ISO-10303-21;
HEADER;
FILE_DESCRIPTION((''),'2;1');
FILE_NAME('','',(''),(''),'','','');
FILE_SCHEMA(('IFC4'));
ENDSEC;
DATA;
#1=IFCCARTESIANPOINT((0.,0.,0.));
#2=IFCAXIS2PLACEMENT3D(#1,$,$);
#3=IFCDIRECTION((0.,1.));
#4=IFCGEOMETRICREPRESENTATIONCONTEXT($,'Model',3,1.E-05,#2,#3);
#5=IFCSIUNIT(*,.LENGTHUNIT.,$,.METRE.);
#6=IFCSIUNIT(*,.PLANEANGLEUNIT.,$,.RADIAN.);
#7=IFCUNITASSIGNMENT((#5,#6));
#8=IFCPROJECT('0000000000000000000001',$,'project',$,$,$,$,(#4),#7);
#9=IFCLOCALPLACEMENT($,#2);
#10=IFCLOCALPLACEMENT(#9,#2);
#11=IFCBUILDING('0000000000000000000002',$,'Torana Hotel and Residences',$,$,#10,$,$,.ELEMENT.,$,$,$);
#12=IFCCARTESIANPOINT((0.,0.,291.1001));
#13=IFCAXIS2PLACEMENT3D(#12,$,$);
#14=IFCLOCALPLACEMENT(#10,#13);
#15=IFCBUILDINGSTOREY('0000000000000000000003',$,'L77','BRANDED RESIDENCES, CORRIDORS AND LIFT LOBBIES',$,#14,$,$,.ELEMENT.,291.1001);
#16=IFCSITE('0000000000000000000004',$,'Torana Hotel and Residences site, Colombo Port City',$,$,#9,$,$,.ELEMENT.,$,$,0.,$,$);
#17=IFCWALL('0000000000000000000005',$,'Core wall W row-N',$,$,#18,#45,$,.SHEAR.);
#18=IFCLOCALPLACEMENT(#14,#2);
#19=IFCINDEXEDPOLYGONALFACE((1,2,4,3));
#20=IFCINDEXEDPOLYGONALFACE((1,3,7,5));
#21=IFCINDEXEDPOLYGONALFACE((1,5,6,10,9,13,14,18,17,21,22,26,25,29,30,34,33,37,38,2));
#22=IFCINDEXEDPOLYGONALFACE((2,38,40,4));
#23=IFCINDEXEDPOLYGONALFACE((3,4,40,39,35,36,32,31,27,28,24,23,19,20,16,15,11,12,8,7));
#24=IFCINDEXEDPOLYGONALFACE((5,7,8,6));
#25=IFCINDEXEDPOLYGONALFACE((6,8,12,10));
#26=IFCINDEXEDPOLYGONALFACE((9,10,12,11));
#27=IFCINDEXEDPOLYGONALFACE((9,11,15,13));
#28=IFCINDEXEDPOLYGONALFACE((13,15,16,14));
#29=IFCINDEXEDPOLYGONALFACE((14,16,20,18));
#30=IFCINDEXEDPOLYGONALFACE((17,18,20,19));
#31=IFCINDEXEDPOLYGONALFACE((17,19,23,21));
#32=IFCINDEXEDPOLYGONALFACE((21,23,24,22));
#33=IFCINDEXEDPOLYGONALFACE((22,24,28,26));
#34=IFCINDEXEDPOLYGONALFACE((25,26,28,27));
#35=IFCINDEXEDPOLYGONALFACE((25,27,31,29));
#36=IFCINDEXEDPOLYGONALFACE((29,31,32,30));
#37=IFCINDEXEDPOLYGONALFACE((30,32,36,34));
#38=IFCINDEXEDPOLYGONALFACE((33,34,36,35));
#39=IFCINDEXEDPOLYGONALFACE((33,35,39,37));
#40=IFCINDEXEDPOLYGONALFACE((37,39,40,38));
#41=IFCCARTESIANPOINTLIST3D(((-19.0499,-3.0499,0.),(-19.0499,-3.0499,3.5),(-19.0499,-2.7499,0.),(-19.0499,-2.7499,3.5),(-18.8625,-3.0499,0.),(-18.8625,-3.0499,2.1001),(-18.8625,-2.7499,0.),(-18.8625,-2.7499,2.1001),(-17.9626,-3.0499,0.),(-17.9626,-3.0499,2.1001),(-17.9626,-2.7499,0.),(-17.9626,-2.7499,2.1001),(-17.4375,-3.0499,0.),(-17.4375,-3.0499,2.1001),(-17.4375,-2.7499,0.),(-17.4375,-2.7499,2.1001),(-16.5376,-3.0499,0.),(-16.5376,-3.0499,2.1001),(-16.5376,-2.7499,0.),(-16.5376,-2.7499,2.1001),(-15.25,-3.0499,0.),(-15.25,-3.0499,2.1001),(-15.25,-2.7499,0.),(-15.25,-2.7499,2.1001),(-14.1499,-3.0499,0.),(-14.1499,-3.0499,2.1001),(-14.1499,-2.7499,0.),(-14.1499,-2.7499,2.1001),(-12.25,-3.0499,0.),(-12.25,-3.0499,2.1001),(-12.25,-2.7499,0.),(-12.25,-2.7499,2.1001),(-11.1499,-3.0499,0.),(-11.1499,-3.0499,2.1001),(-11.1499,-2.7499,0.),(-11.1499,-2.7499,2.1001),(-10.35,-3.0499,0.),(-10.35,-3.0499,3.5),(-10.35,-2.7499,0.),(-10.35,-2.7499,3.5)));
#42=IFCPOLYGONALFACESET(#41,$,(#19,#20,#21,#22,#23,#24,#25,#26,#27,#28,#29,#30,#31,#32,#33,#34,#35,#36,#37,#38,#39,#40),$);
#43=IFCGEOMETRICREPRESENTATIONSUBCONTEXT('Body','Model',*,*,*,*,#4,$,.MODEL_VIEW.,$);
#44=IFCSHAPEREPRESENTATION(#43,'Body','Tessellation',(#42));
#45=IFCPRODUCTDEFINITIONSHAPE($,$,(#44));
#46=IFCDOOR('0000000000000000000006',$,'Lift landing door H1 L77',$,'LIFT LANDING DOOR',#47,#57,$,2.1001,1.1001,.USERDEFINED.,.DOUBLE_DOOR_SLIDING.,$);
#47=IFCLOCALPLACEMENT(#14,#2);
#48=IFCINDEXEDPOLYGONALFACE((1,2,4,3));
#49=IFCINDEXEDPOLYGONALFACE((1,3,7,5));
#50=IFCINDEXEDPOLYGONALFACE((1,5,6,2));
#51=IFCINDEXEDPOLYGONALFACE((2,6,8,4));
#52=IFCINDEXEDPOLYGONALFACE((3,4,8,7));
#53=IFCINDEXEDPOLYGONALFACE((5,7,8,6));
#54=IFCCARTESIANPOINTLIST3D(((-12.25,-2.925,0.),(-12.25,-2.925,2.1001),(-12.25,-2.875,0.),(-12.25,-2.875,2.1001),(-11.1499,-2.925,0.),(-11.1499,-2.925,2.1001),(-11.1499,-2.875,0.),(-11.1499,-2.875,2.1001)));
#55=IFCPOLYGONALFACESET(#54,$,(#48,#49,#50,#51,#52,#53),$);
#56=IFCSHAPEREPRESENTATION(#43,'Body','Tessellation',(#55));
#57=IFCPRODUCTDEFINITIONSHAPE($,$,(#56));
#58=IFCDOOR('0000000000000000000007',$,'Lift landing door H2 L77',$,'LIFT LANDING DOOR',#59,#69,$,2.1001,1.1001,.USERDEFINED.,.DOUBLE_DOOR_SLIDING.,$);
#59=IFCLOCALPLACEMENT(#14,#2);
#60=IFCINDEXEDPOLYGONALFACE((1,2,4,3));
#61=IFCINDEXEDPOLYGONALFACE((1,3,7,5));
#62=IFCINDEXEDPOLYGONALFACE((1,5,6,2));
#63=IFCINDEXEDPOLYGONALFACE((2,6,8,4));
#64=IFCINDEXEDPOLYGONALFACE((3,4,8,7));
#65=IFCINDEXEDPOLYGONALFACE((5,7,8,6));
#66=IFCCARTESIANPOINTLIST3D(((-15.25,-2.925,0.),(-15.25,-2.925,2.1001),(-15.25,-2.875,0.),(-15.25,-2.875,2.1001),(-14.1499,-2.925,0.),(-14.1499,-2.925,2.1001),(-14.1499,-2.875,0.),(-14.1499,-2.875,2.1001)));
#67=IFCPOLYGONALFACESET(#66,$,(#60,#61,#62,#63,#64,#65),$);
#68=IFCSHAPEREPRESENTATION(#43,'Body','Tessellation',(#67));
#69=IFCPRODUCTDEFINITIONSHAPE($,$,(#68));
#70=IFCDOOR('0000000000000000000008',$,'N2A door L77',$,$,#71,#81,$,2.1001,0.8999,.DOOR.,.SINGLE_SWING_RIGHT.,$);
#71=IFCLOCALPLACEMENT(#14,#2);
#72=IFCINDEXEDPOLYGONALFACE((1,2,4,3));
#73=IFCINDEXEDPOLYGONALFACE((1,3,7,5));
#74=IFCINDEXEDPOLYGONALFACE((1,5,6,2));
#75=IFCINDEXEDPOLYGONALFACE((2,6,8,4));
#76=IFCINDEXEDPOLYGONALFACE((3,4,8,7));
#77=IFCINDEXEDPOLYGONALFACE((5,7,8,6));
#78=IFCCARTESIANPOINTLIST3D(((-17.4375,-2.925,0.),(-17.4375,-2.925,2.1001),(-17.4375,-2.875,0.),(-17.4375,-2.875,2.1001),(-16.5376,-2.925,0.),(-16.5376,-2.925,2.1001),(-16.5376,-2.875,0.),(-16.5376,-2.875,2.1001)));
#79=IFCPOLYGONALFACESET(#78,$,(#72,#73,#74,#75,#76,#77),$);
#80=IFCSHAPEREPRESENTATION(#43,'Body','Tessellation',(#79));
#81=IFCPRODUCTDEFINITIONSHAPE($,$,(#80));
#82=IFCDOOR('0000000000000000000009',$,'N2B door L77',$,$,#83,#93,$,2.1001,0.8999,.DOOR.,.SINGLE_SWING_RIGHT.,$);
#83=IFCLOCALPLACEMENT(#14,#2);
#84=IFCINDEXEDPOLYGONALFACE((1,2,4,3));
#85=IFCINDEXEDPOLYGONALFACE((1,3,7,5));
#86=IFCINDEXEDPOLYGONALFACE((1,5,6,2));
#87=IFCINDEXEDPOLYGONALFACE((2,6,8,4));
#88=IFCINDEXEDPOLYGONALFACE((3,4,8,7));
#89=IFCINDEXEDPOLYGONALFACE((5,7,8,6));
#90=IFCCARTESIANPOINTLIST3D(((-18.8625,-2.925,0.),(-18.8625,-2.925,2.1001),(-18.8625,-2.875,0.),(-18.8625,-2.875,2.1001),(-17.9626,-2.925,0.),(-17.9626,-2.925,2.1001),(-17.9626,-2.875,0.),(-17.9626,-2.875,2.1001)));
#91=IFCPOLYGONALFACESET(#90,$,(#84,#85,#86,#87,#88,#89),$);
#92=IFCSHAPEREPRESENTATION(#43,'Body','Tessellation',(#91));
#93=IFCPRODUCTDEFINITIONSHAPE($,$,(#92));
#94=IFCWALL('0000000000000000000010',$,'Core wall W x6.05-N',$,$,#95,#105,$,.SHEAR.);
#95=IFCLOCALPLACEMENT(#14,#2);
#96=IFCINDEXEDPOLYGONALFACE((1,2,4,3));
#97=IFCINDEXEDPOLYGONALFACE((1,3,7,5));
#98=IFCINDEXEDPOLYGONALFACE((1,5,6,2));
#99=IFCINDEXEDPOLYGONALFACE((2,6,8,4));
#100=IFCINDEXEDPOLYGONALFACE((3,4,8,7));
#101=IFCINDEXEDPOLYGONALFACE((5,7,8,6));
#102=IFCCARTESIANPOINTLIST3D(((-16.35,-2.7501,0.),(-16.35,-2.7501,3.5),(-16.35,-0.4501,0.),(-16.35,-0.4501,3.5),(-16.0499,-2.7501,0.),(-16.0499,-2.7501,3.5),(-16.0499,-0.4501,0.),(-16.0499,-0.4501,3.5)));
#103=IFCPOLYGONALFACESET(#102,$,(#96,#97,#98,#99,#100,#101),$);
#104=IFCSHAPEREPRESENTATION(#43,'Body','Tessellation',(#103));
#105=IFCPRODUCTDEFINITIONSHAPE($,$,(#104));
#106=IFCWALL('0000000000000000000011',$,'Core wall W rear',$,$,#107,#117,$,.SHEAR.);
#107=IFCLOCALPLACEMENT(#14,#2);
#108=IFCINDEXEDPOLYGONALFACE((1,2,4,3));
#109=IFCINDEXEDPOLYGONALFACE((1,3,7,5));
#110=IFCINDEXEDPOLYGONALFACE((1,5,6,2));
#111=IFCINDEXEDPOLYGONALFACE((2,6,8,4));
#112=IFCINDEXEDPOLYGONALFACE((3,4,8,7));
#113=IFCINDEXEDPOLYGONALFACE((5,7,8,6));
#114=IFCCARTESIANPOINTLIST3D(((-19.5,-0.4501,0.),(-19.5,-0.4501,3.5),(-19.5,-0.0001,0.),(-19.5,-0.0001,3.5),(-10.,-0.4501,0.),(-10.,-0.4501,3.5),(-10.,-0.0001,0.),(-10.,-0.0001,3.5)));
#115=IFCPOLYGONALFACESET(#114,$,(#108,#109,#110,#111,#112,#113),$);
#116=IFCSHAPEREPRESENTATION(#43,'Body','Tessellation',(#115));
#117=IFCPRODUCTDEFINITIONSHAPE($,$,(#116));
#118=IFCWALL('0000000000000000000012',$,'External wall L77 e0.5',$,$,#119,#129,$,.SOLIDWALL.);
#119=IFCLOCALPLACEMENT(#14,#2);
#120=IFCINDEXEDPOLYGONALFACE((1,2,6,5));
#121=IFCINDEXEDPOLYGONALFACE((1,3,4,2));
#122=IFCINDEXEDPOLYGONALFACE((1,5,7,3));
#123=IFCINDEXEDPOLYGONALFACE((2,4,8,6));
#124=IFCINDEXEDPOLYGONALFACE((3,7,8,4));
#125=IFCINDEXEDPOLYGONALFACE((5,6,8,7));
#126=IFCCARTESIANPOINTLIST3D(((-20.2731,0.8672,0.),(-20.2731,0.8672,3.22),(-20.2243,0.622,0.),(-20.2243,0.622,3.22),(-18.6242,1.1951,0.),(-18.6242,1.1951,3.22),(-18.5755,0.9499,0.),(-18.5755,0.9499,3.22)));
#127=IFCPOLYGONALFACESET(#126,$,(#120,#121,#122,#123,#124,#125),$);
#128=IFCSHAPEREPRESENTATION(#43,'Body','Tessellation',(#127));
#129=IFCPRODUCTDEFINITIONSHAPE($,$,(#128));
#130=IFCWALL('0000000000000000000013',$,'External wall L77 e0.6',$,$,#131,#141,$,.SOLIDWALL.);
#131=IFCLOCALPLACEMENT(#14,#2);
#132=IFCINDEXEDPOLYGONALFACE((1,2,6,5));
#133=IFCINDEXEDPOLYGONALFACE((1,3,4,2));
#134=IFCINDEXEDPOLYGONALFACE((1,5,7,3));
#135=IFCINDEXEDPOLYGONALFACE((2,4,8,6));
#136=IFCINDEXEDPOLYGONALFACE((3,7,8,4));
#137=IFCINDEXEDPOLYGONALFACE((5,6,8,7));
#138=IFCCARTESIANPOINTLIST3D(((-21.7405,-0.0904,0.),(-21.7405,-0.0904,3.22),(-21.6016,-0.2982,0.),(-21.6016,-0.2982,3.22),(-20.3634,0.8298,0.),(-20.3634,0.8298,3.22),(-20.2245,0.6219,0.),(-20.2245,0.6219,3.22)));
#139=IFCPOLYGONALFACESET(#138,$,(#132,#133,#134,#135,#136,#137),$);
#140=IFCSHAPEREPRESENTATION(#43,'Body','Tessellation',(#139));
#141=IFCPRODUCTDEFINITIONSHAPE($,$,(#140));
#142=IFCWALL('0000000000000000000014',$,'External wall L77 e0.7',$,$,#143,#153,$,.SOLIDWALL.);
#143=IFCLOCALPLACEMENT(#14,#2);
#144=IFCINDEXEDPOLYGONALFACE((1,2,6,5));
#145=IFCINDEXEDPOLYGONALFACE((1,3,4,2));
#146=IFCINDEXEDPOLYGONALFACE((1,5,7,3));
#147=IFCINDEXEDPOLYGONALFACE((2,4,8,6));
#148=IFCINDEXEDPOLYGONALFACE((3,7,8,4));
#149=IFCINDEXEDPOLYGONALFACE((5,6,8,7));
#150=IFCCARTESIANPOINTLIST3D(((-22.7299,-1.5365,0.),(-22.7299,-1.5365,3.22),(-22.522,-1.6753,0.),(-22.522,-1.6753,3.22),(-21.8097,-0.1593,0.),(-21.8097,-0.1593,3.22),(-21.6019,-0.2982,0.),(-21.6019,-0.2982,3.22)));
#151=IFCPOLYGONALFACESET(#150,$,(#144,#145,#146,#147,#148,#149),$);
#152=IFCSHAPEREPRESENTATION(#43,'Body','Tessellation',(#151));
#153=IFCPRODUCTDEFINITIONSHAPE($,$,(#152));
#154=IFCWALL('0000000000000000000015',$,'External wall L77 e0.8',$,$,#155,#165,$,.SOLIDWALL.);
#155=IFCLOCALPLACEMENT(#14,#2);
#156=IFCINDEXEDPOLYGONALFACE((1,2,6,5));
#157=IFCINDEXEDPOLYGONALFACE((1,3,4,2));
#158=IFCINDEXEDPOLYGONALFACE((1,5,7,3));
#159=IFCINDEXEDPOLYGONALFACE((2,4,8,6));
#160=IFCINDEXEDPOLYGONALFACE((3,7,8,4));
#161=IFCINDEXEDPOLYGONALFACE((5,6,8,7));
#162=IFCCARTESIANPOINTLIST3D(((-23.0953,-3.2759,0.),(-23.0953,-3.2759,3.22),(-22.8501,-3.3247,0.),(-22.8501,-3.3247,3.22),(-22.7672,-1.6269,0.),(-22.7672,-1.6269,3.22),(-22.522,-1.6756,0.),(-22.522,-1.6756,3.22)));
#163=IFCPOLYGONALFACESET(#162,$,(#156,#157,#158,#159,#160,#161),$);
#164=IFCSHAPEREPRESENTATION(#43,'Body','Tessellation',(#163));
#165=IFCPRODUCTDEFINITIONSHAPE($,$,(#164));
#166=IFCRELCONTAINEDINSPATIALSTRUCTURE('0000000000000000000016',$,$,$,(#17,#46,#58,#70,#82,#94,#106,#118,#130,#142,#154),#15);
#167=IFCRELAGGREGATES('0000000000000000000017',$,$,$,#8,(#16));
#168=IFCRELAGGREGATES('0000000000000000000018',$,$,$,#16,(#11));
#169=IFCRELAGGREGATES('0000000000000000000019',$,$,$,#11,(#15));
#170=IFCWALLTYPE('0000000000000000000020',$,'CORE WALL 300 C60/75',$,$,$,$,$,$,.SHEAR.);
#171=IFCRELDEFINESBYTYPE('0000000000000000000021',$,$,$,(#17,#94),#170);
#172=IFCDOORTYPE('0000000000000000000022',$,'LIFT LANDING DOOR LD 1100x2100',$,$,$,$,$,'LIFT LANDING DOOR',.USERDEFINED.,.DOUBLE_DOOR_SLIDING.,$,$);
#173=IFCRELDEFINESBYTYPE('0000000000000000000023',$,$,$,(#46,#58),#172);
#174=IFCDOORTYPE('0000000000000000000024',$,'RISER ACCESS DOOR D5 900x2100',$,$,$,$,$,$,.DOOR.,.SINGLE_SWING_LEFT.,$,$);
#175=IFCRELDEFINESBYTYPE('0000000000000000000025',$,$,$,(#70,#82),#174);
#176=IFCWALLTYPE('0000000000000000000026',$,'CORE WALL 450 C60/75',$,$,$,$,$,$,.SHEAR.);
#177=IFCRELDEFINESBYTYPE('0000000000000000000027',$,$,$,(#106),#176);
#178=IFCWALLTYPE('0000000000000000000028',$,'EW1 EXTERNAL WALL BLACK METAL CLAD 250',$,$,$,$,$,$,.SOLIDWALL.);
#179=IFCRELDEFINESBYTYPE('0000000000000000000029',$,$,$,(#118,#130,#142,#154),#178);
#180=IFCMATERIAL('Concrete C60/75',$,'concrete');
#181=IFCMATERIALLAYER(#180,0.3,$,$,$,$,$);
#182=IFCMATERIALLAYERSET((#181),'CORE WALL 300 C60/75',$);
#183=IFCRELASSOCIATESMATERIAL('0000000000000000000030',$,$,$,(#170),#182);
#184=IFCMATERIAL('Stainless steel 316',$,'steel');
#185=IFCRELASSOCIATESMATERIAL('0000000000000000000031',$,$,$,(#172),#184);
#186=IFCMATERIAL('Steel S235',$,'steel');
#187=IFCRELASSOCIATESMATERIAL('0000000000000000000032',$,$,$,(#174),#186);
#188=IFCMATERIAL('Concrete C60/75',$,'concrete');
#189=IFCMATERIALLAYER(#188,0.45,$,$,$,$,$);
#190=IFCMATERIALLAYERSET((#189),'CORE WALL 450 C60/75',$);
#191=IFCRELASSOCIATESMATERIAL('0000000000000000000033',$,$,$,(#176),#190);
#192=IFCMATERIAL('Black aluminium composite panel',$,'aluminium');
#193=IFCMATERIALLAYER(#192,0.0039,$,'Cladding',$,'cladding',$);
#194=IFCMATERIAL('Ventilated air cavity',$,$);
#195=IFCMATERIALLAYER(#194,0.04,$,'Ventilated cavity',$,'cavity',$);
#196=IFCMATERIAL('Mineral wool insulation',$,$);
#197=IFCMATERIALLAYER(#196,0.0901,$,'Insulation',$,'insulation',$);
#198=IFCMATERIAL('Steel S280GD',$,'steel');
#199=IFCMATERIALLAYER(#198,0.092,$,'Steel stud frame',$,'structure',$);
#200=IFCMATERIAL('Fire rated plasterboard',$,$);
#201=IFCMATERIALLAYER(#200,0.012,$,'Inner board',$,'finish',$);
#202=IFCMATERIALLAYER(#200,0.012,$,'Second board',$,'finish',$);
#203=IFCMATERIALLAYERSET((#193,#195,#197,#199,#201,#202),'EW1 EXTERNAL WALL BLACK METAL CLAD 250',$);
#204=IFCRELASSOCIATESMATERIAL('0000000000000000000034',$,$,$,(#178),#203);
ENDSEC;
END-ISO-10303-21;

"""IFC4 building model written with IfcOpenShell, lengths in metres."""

from ifc_helpers import new_model, si_unit, direction, frame, frame_2d, origin, place, context, subcontext, project, spatial, rectangle, extrude, material, layer, layer_set, type_object, element, fill, save


model = new_model("IFC4")

# Units and contexts
model_context = context("Model", 3, precision=1e-05, world=origin(), true_north=direction((0.0, 1.0)))
body_context = subcontext(model_context, "Body", "Model", "MODEL_VIEW")
ifc_project = project(units=[si_unit("LENGTHUNIT", "METRE"), si_unit("PLANEANGLEUNIT", "RADIAN")], contexts=[model_context])

# Site, building, storey
site_placement = place(None, origin())
site = spatial("IfcSite", under=ifc_project, at=site_placement, Name="Torana Hotel and Residences site, Colombo Port City", CompositionType="ELEMENT", RefElevation=0.0)
building_placement = place(site_placement, origin())
building = spatial("IfcBuilding", under=site, at=building_placement, Name="Torana Hotel and Residences", CompositionType="ELEMENT")
storey_placement = place(building_placement, frame((0.0, 0.0, 291.1001)))
storey = spatial("IfcBuildingStorey", under=building, at=storey_placement, Name="L77", Description="BRANDED RESIDENCES, CORRIDORS AND LIFT LOBBIES", CompositionType="ELEMENT", Elevation=291.1001)

# Wall, openings, doors
ifc_material_1 = material(Name="Concrete C60/75", Category="concrete")
ifc_layer_1 = layer(ifc_material_1, 0.3)
ifc_layer_set_1 = layer_set([ifc_layer_1], Name="CORE WALL 300 C60/75")
wall_type_1 = type_object("IfcWallType", Name="CORE WALL 300 C60/75", PredefinedType="SHEAR", material=ifc_layer_set_1)
wall_1_placement = place(storey_placement, frame((-19.05, -2.8999, 0.0), z_axis=(0.0, 0.0, 1.0), x_axis=(1.0, 0.0, 0.0)))
wall_1 = element("IfcWall", 1, at=wall_1_placement, inside=storey, type_object=wall_type_1, Name="Core wall W row-N", PredefinedType="SHEAR", context=body_context, shape_type="SweptSolid", body=[
    extrude(rectangle(XDim=8.7, YDim=0.3, at=frame_2d((4.3501, 0.0))), origin(), (0.0, 0.0, 1.0), 3.5),
])
opening_1_placement = place(wall_1_placement, frame((6.8, 0.0, 0.0)))
opening_1 = element("IfcOpeningElement", 2, at=opening_1_placement, cuts=wall_1, PredefinedType="OPENING", context=body_context, shape_type="SweptSolid", body=[
    extrude(rectangle(XDim=1.1001, YDim=2.1001, at=frame_2d((0.55, 1.05))), frame((0.0, 0.1599, 0.0), z_axis=(0.0, -1.0, 0.0), x_axis=(1.0, 0.0, 0.0)), (0.0, 0.0, 1.0), 0.3201),
])
opening_2_placement = place(wall_1_placement, frame((3.8, 0.0, 0.0)))
opening_2 = element("IfcOpeningElement", 3, at=opening_2_placement, cuts=wall_1, PredefinedType="OPENING", context=body_context, shape_type="SweptSolid", body=[
    extrude(rectangle(XDim=1.1001, YDim=2.1001, at=frame_2d((0.55, 1.05))), frame((0.0, 0.1599, 0.0), z_axis=(0.0, -1.0, 0.0), x_axis=(1.0, 0.0, 0.0)), (0.0, 0.0, 1.0), 0.3201),
])
opening_3_placement = place(wall_1_placement, frame((1.6125, 0.0, 0.0)))
opening_3 = element("IfcOpeningElement", 4, at=opening_3_placement, cuts=wall_1, PredefinedType="OPENING", context=body_context, shape_type="SweptSolid", body=[
    extrude(rectangle(XDim=0.8999, YDim=2.1001, at=frame_2d((0.45, 1.05))), frame((0.0, 0.1599, 0.0), z_axis=(0.0, -1.0, 0.0), x_axis=(1.0, 0.0, 0.0)), (0.0, 0.0, 1.0), 0.3201),
])
opening_4_placement = place(wall_1_placement, frame((0.1875, 0.0, 0.0)))
opening_4 = element("IfcOpeningElement", 5, at=opening_4_placement, cuts=wall_1, PredefinedType="OPENING", context=body_context, shape_type="SweptSolid", body=[
    extrude(rectangle(XDim=0.8999, YDim=2.1001, at=frame_2d((0.45, 1.05))), frame((0.0, 0.1599, 0.0), z_axis=(0.0, -1.0, 0.0), x_axis=(1.0, 0.0, 0.0)), (0.0, 0.0, 1.0), 0.3201),
])
ifc_material_2 = material(Name="Stainless steel 316", Category="steel")
door_type_1 = type_object("IfcDoorType", Name="LIFT LANDING DOOR LD 1100x2100", ElementType="LIFT LANDING DOOR", OperationType="DOUBLE_DOOR_SLIDING", PredefinedType="USERDEFINED", material=ifc_material_2)
door_1_placement = place(opening_1_placement, origin())
door_1 = element("IfcDoor", 6, at=door_1_placement, inside=storey, type_object=door_type_1, Name="Lift landing door H1 L77", ObjectType="LIFT LANDING DOOR", OperationType="DOUBLE_DOOR_SLIDING", OverallHeight=2.1001, OverallWidth=1.1001, PredefinedType="USERDEFINED", context=body_context, shape_type="SweptSolid", body=[
    extrude(rectangle(XDim=1.1001, YDim=2.1001, at=frame_2d((0.55, 1.05))), frame((0.0, 0.0249, 0.0), z_axis=(0.0, -1.0, 0.0), x_axis=(1.0, 0.0, 0.0)), (0.0, 0.0, 1.0), 0.05),
])
fill(opening_1, door_1)
door_2_placement = place(opening_2_placement, origin())
door_2 = element("IfcDoor", 7, at=door_2_placement, inside=storey, type_object=door_type_1, Name="Lift landing door H2 L77", ObjectType="LIFT LANDING DOOR", OperationType="DOUBLE_DOOR_SLIDING", OverallHeight=2.1001, OverallWidth=1.1001, PredefinedType="USERDEFINED", context=body_context, shape_type="SweptSolid", body=[
    extrude(rectangle(XDim=1.1001, YDim=2.1001, at=frame_2d((0.55, 1.05))), frame((0.0, 0.0249, 0.0), z_axis=(0.0, -1.0, 0.0), x_axis=(1.0, 0.0, 0.0)), (0.0, 0.0, 1.0), 0.05),
])
fill(opening_2, door_2)
ifc_material_3 = material(Name="Steel S235", Category="steel")
door_type_2 = type_object("IfcDoorType", Name="RISER ACCESS DOOR D5 900x2100", OperationType="SINGLE_SWING_LEFT", PredefinedType="DOOR", material=ifc_material_3)
door_3_placement = place(opening_3_placement, origin())
door_3 = element("IfcDoor", 8, at=door_3_placement, inside=storey, type_object=door_type_2, Name="N2A door L77", OperationType="SINGLE_SWING_RIGHT", OverallHeight=2.1001, OverallWidth=0.8999, PredefinedType="DOOR", context=body_context, shape_type="SweptSolid", body=[
    extrude(rectangle(XDim=0.8999, YDim=2.1001, at=frame_2d((0.45, 1.05))), frame((0.0, 0.0249, 0.0), z_axis=(0.0, -1.0, 0.0), x_axis=(1.0, 0.0, 0.0)), (0.0, 0.0, 1.0), 0.05),
])
fill(opening_3, door_3)
door_4_placement = place(opening_4_placement, origin())
door_4 = element("IfcDoor", 9, at=door_4_placement, inside=storey, type_object=door_type_2, Name="N2B door L77", OperationType="SINGLE_SWING_RIGHT", OverallHeight=2.1001, OverallWidth=0.8999, PredefinedType="DOOR", context=body_context, shape_type="SweptSolid", body=[
    extrude(rectangle(XDim=0.8999, YDim=2.1001, at=frame_2d((0.45, 1.05))), frame((0.0, 0.0249, 0.0), z_axis=(0.0, -1.0, 0.0), x_axis=(1.0, 0.0, 0.0)), (0.0, 0.0, 1.0), 0.05),
])
fill(opening_4, door_4)

# Walls
wall_2_placement = place(storey_placement, frame((-16.2, -2.75, 0.0), z_axis=(0.0, 0.0, 1.0), x_axis=(0.0, 1.0, 0.0)))
element("IfcWall", 10, at=wall_2_placement, inside=storey, type_object=wall_type_1, Name="Core wall W x6.05-N", PredefinedType="SHEAR", context=body_context, shape_type="SweptSolid", body=[
    extrude(rectangle(XDim=2.3, YDim=0.3, at=frame_2d((1.1499, 0.0))), origin(), (0.0, 0.0, 1.0), 3.5),
])
ifc_material_4 = material(Name="Concrete C60/75", Category="concrete")
ifc_layer_2 = layer(ifc_material_4, 0.45)
ifc_layer_set_2 = layer_set([ifc_layer_2], Name="CORE WALL 450 C60/75")
wall_type_2 = type_object("IfcWallType", Name="CORE WALL 450 C60/75", PredefinedType="SHEAR", material=ifc_layer_set_2)
wall_3_placement = place(storey_placement, frame((-19.5, -0.2251, 0.0), z_axis=(0.0, 0.0, 1.0), x_axis=(1.0, 0.0, 0.0)))
element("IfcWall", 11, at=wall_3_placement, inside=storey, type_object=wall_type_2, Name="Core wall W rear", PredefinedType="SHEAR", context=body_context, shape_type="SweptSolid", body=[
    extrude(rectangle(XDim=9.5, YDim=0.45, at=frame_2d((4.75, 0.0))), origin(), (0.0, 0.0, 1.0), 3.5),
])
ifc_material_5 = material(Name="Black aluminium composite panel", Category="aluminium")
ifc_layer_3 = layer(ifc_material_5, 0.0039, Name="Cladding", Category="cladding")
ifc_material_6 = material(Name="Ventilated air cavity")
ifc_layer_4 = layer(ifc_material_6, 0.04, Name="Ventilated cavity", Category="cavity")
ifc_material_7 = material(Name="Mineral wool insulation")
ifc_layer_5 = layer(ifc_material_7, 0.0901, Name="Insulation", Category="insulation")
ifc_material_8 = material(Name="Steel S280GD", Category="steel")
ifc_layer_6 = layer(ifc_material_8, 0.092, Name="Steel stud frame", Category="structure")
ifc_material_9 = material(Name="Fire rated plasterboard")
ifc_layer_7 = layer(ifc_material_9, 0.012, Name="Inner board", Category="finish")
ifc_layer_8 = layer(ifc_material_9, 0.012, Name="Second board", Category="finish")
ifc_layer_set_3 = layer_set([ifc_layer_3, ifc_layer_4, ifc_layer_5, ifc_layer_6, ifc_layer_7, ifc_layer_8], Name="EW1 EXTERNAL WALL BLACK METAL CLAD 250")
wall_type_3 = type_object("IfcWallType", Name="EW1 EXTERNAL WALL BLACK METAL CLAD 250", PredefinedType="SOLIDWALL", material=ifc_layer_set_3)
wall_4_placement = place(storey_placement, frame((-18.5999, 1.0725, 0.0), z_axis=(0.0, 0.0, 1.0), x_axis=(-0.980798, -0.195027, 0.0)))
element("IfcWall", 12, at=wall_4_placement, inside=storey, type_object=wall_type_3, Name="External wall L77 e0.5", PredefinedType="SOLIDWALL", context=body_context, shape_type="SweptSolid", body=[
    extrude(rectangle(XDim=1.6812, YDim=0.25, at=frame_2d((0.8406, 0.0))), origin(), (0.0, 0.0, 1.0), 3.22),
])
for number, where, z_axis, x_axis, name in (
    (13, (-20.2939, 0.7258, 0.0), (0.0, 0.0, 1.0), (-0.831483, -0.55555, 0.0), "External wall L77 e0.6"),
    (14, (-21.7058, -0.2288, 0.0), (0.0, 0.0, 1.0), (-0.55555, -0.831483, 0.0), "External wall L77 e0.7"),
):
    element("IfcWall", number, at=place(storey_placement, frame(where, z_axis=z_axis, x_axis=x_axis)), inside=storey, type_object=wall_type_3, Name=name, PredefinedType="SOLIDWALL", context=body_context, shape_type="SweptSolid", body=[
        extrude(rectangle(XDim=1.6562, YDim=0.25, at=frame_2d((0.8281, 0.0))), origin(), (0.0, 0.0, 1.0), 3.22),
    ])
wall_5_placement = place(storey_placement, frame((-22.6445, -1.6511, 0.0), z_axis=(0.0, 0.0, 1.0), x_axis=(-0.195139, -0.980776, 0.0)))
element("IfcWall", 15, at=wall_5_placement, inside=storey, type_object=wall_type_3, Name="External wall L77 e0.8", PredefinedType="SOLIDWALL", context=body_context, shape_type="SweptSolid", body=[
    extrude(rectangle(XDim=1.6814, YDim=0.25, at=frame_2d((0.8408, 0.0))), origin(), (0.0, 0.0, 1.0), 3.22),
])

save(model, "model.ifc")
